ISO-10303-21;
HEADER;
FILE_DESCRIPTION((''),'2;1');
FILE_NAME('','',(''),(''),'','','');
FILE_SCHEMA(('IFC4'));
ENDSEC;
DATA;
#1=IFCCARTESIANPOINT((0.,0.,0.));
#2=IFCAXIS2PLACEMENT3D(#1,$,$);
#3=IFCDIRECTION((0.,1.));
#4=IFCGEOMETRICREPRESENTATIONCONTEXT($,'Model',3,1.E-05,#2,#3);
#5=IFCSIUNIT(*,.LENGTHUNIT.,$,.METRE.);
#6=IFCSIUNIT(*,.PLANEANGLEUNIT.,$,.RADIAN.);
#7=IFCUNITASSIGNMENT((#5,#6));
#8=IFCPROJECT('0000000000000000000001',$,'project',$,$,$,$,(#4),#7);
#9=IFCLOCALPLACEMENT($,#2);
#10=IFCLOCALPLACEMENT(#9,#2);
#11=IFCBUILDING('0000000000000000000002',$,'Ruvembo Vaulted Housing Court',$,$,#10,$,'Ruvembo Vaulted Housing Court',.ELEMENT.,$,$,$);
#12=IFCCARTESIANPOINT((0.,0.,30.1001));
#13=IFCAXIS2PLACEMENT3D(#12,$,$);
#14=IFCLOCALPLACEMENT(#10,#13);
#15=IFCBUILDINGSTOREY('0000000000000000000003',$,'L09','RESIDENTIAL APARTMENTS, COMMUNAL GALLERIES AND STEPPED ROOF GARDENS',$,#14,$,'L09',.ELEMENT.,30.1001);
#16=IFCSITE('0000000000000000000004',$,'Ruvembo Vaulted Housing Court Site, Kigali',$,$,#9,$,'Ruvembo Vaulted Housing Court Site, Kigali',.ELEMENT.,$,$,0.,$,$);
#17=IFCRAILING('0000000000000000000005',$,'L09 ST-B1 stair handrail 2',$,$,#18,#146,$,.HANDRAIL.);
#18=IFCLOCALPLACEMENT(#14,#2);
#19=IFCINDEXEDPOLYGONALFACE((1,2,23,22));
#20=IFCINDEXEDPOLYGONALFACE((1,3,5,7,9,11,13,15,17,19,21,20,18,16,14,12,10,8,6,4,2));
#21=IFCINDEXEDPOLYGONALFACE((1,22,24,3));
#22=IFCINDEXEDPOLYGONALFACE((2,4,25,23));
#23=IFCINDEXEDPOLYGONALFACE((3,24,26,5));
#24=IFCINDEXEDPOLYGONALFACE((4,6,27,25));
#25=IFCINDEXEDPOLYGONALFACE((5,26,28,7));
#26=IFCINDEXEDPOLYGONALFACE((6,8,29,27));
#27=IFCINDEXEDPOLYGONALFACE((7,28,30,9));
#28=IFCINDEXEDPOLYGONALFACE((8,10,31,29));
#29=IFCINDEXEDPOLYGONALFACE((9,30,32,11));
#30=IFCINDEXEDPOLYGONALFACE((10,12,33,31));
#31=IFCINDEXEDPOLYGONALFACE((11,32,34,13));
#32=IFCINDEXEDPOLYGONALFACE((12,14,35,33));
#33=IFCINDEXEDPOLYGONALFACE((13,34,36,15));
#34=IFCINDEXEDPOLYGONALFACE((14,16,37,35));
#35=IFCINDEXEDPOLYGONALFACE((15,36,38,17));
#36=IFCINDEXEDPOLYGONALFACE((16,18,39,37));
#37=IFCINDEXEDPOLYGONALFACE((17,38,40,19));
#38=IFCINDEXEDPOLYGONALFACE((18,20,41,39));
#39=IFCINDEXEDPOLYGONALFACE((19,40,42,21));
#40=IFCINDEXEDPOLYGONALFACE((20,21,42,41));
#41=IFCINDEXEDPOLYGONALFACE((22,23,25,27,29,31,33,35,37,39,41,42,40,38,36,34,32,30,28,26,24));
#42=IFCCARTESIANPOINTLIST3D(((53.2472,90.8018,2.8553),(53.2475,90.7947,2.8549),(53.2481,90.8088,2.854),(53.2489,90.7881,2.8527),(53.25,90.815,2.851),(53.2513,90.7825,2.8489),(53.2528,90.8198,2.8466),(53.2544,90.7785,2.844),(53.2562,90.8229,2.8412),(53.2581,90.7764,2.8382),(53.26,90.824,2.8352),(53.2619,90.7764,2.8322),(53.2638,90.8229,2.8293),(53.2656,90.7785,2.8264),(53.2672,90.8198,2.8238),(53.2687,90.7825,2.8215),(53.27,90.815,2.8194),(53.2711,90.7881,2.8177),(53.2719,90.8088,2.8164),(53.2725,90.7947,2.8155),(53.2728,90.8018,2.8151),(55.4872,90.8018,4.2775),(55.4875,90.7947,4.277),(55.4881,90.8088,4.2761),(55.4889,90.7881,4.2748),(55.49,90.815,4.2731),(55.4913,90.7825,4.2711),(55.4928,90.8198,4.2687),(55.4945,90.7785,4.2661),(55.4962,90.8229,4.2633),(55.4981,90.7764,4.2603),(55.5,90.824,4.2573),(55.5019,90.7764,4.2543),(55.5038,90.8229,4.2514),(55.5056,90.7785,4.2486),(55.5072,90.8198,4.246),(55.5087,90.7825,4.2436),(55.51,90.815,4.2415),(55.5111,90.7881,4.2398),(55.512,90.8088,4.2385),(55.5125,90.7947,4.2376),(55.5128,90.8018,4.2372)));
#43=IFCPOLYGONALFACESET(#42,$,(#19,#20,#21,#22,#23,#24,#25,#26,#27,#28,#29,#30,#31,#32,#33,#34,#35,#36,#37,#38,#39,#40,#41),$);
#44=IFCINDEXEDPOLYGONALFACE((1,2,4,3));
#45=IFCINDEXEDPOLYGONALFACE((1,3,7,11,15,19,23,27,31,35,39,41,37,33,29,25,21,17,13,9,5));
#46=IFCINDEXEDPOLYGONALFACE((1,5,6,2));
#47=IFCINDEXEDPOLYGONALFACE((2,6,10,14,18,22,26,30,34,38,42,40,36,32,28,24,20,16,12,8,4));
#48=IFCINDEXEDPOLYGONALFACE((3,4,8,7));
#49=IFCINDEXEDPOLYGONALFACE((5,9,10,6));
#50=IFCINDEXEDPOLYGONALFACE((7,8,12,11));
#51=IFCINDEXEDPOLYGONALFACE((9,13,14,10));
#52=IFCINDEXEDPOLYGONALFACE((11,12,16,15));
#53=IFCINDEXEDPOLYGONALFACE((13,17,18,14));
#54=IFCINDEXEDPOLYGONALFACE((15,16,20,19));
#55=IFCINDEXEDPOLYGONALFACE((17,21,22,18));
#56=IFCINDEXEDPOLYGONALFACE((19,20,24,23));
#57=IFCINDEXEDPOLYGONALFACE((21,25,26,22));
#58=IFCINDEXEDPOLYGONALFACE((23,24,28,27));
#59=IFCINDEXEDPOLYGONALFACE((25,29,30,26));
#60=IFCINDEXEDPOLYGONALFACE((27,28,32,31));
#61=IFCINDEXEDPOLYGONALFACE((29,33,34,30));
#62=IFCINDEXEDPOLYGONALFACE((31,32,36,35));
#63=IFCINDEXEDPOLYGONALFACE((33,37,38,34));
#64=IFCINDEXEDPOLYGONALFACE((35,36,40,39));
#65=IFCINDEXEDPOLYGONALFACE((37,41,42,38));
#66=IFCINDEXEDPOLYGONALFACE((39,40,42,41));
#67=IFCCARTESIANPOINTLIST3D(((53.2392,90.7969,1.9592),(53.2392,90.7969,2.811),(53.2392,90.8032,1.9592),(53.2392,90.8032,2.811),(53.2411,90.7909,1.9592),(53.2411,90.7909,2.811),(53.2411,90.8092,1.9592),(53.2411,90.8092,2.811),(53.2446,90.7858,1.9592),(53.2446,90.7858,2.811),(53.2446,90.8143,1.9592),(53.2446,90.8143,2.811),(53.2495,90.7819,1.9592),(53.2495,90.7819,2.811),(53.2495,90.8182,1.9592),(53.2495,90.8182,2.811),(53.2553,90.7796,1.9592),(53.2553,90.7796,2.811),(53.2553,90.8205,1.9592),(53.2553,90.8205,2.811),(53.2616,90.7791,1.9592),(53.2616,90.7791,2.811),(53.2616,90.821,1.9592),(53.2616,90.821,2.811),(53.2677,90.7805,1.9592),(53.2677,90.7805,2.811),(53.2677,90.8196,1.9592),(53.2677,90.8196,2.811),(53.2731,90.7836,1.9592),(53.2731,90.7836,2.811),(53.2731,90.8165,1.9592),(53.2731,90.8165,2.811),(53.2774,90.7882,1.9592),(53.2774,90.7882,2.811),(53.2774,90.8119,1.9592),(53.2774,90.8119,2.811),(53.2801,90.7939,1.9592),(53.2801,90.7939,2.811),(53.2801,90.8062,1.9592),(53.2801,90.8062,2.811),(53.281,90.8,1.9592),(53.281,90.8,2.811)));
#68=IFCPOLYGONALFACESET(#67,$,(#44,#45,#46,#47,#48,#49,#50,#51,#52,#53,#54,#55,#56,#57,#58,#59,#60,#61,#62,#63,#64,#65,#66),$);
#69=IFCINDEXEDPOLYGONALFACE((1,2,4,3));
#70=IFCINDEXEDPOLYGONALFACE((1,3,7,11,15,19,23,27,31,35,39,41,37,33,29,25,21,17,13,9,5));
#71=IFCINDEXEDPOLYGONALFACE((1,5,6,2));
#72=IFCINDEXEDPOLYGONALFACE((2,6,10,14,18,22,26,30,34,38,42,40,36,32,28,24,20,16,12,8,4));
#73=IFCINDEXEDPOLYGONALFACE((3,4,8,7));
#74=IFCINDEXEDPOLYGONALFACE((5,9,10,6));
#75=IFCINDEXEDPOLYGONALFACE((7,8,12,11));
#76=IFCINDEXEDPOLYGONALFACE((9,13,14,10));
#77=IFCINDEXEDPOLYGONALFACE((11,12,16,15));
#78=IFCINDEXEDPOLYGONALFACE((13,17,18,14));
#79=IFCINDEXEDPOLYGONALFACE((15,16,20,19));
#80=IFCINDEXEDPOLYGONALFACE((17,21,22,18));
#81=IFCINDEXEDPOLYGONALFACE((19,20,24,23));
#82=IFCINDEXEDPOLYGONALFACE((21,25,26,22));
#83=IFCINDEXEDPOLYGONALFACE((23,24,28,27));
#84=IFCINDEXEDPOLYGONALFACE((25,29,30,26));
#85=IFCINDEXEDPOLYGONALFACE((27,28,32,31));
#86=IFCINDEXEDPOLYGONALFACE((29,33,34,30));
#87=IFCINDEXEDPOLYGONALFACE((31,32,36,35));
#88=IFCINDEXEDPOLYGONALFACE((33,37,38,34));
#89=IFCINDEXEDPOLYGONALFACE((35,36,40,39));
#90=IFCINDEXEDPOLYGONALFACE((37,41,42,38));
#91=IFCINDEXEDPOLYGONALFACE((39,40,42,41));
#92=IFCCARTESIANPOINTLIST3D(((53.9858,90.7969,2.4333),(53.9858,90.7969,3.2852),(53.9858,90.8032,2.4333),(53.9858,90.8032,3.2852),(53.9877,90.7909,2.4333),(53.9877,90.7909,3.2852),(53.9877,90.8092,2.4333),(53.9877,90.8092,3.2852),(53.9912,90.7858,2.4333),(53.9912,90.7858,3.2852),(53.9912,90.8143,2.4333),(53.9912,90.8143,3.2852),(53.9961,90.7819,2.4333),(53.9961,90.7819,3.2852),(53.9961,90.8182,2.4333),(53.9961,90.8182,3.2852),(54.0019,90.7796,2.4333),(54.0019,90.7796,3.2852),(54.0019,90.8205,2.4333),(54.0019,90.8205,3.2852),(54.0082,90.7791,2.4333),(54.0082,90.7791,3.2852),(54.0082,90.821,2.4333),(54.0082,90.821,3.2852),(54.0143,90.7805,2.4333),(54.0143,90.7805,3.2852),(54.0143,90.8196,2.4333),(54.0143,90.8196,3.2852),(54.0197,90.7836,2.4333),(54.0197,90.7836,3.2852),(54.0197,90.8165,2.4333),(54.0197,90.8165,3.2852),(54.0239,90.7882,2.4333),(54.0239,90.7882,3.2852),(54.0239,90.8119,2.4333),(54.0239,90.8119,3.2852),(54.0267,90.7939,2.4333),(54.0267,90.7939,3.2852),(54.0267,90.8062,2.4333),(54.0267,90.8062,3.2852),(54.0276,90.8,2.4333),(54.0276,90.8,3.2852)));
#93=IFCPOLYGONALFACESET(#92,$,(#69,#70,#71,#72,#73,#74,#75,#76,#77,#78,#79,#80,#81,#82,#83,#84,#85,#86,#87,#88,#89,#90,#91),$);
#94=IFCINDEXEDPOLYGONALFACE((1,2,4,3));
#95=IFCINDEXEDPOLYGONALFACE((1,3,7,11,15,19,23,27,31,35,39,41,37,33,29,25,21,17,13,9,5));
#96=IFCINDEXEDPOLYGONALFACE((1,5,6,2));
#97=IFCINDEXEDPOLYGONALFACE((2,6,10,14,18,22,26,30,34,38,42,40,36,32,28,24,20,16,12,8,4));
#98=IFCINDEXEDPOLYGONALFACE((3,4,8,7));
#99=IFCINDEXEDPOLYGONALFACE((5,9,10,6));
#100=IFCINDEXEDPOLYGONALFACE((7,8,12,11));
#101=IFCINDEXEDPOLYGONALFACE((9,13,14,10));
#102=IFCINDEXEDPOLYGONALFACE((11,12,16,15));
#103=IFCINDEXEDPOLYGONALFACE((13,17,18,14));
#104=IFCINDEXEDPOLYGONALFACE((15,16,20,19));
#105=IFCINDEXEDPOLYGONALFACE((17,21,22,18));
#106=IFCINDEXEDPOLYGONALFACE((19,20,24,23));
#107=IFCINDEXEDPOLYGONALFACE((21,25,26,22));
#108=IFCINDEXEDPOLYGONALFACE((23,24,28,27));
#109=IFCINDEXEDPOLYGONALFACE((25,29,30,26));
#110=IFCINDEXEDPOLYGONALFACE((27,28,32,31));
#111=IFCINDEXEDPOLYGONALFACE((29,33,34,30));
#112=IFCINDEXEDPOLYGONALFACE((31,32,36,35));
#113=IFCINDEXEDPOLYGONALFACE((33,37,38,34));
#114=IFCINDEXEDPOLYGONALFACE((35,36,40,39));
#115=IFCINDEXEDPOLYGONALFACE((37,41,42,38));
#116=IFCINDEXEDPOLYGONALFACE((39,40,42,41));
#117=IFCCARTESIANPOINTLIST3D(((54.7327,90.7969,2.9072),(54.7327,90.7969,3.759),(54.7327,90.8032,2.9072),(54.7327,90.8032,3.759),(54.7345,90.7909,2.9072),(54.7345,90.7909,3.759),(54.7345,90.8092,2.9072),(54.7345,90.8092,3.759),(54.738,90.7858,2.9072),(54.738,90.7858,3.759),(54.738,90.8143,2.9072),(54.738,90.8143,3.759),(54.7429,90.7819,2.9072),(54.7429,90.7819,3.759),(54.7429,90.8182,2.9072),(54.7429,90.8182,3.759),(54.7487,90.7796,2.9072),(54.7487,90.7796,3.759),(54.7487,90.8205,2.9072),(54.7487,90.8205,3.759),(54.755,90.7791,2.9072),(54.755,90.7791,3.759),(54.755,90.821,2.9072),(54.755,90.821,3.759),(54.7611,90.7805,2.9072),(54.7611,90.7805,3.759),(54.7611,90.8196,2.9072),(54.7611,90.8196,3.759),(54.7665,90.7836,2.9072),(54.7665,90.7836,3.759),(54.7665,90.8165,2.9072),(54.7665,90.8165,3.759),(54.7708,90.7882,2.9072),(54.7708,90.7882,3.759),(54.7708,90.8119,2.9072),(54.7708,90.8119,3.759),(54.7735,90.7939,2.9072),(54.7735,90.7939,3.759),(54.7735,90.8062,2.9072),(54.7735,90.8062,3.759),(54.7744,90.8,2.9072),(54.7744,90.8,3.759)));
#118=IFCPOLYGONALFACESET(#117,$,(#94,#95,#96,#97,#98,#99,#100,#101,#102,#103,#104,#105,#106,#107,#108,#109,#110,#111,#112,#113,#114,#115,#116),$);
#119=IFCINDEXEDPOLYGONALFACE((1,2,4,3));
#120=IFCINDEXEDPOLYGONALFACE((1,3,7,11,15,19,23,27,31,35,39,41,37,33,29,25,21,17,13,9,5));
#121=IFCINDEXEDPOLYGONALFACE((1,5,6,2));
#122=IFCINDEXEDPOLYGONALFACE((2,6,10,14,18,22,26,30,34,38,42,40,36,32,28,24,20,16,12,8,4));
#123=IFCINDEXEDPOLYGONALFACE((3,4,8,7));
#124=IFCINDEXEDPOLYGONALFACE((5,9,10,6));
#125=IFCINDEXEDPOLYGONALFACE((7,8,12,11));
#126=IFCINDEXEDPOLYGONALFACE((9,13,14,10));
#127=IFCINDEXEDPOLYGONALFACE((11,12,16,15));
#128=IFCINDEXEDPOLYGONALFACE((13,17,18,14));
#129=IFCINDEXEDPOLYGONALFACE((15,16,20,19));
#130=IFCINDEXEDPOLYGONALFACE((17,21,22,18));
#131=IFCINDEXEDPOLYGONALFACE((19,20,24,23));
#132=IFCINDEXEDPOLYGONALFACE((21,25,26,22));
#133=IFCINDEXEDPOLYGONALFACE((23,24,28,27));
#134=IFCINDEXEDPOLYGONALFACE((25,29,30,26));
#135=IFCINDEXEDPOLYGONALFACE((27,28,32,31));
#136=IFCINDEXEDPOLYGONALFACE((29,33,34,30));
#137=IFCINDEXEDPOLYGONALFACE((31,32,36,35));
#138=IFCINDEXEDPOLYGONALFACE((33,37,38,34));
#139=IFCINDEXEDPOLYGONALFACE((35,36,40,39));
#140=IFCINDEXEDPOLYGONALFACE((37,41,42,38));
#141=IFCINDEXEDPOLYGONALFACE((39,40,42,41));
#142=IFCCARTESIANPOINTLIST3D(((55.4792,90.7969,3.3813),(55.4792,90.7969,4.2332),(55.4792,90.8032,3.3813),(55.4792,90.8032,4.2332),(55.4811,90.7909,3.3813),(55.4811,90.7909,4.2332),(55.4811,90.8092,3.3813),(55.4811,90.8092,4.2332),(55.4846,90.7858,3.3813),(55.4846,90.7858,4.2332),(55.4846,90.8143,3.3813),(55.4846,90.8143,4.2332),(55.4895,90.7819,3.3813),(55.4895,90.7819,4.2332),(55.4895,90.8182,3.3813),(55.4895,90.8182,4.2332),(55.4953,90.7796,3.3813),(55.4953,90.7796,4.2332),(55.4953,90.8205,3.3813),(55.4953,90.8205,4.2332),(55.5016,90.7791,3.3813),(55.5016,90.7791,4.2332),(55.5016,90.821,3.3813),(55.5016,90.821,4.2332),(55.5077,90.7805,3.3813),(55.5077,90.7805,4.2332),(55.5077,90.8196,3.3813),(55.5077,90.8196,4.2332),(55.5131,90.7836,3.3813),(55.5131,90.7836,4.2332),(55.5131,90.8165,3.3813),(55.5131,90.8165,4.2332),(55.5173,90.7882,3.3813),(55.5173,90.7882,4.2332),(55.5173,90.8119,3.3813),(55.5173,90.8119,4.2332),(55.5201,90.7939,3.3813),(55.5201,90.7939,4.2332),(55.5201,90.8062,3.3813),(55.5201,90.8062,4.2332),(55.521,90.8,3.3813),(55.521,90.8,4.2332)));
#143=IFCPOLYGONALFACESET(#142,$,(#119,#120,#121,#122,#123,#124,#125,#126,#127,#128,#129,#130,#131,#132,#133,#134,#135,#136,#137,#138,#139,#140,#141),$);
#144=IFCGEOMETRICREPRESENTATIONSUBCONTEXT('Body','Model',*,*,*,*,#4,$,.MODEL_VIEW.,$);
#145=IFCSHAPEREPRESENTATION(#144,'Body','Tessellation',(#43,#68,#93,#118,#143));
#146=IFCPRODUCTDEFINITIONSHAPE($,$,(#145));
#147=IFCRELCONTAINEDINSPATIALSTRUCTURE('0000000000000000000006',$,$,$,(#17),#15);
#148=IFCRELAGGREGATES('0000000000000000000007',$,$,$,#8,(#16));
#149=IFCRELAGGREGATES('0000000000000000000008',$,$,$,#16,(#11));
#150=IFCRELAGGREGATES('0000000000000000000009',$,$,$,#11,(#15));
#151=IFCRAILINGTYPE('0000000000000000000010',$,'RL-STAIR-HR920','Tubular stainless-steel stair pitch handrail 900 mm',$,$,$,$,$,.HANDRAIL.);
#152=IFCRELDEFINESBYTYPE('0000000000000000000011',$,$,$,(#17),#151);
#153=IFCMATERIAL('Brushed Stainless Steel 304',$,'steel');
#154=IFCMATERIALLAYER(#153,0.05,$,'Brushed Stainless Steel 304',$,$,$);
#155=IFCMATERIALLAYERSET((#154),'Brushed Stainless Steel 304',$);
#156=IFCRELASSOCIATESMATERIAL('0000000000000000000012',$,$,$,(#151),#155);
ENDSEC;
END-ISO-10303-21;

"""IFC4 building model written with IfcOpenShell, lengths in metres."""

from ifc_helpers import new_model, si_unit, direction, frame, origin, origin_2d, place, context, subcontext, project, spatial, circle, extrude, material, layer, layer_set, type_object, element, save


model = new_model("IFC4")

# Units and contexts
model_context = context("Model", 3, precision=1e-05, world=origin(), true_north=direction((0.0, 1.0)))
body_context = subcontext(model_context, "Body", "Model", "MODEL_VIEW")
ifc_project = project(units=[si_unit("LENGTHUNIT", "METRE"), si_unit("PLANEANGLEUNIT", "RADIAN")], contexts=[model_context])

# Site, building, storey
site_placement = place(None, origin())
site = spatial("IfcSite", under=ifc_project, at=site_placement, Name="Ruvembo Vaulted Housing Court Site, Kigali", LongName="Ruvembo Vaulted Housing Court Site, Kigali", CompositionType="ELEMENT", RefElevation=0.0)
building_placement = place(site_placement, origin())
building = spatial("IfcBuilding", under=site, at=building_placement, Name="Ruvembo Vaulted Housing Court", LongName="Ruvembo Vaulted Housing Court", CompositionType="ELEMENT")
storey_placement = place(building_placement, frame((0.0, 0.0, 30.1001)))
storey = spatial("IfcBuildingStorey", under=building, at=storey_placement, Name="L09", Description="RESIDENTIAL APARTMENTS, COMMUNAL GALLERIES AND STEPPED ROOF GARDENS", LongName="L09", CompositionType="ELEMENT", Elevation=30.1001)

# Railing
ifc_material_1 = material(Name="Brushed Stainless Steel 304", Category="steel")
ifc_layer_1 = layer(ifc_material_1, 0.05, Name="Brushed Stainless Steel 304")
ifc_layer_set_1 = layer_set([ifc_layer_1], Name="Brushed Stainless Steel 304")
railing_type_1 = type_object("IfcRailingType", Name="RL-STAIR-HR920", Description="Tubular stainless-steel stair pitch handrail 900 mm", PredefinedType="HANDRAIL", material=ifc_layer_set_1)
railing_1_placement = place(storey_placement, frame((53.26, 90.8, 1.9592)))
element("IfcRailing", 1, at=railing_1_placement, inside=storey, type_object=railing_type_1, Name="L09 ST-B1 stair handrail 2", PredefinedType="HANDRAIL", context=body_context, shape_type="SweptSolid", body=[
    extrude(circle(Radius=0.0239, at=origin_2d()), frame((0.0, 0.0, 0.876), z_axis=(0.844229, 0.0, 0.535982), x_axis=(0.0, 1.0, 0.0)), (0.0, 0.0, 1.0), 2.6533),
    extrude(circle(Radius=0.021, at=origin_2d()), origin(), (0.0, 0.0, 1.0), 0.8518),
    extrude(circle(Radius=0.021, at=origin_2d()), frame((0.7466, 0.0, 0.4741)), (0.0, 0.0, 1.0), 0.8518),
    extrude(circle(Radius=0.021, at=origin_2d()), frame((1.4934, 0.0, 0.948)), (0.0, 0.0, 1.0), 0.8518),
    extrude(circle(Radius=0.021, at=origin_2d()), frame((2.24, 0.0, 1.4221)), (0.0, 0.0, 1.0), 0.8518),
])

save(model, "model.ifc")
